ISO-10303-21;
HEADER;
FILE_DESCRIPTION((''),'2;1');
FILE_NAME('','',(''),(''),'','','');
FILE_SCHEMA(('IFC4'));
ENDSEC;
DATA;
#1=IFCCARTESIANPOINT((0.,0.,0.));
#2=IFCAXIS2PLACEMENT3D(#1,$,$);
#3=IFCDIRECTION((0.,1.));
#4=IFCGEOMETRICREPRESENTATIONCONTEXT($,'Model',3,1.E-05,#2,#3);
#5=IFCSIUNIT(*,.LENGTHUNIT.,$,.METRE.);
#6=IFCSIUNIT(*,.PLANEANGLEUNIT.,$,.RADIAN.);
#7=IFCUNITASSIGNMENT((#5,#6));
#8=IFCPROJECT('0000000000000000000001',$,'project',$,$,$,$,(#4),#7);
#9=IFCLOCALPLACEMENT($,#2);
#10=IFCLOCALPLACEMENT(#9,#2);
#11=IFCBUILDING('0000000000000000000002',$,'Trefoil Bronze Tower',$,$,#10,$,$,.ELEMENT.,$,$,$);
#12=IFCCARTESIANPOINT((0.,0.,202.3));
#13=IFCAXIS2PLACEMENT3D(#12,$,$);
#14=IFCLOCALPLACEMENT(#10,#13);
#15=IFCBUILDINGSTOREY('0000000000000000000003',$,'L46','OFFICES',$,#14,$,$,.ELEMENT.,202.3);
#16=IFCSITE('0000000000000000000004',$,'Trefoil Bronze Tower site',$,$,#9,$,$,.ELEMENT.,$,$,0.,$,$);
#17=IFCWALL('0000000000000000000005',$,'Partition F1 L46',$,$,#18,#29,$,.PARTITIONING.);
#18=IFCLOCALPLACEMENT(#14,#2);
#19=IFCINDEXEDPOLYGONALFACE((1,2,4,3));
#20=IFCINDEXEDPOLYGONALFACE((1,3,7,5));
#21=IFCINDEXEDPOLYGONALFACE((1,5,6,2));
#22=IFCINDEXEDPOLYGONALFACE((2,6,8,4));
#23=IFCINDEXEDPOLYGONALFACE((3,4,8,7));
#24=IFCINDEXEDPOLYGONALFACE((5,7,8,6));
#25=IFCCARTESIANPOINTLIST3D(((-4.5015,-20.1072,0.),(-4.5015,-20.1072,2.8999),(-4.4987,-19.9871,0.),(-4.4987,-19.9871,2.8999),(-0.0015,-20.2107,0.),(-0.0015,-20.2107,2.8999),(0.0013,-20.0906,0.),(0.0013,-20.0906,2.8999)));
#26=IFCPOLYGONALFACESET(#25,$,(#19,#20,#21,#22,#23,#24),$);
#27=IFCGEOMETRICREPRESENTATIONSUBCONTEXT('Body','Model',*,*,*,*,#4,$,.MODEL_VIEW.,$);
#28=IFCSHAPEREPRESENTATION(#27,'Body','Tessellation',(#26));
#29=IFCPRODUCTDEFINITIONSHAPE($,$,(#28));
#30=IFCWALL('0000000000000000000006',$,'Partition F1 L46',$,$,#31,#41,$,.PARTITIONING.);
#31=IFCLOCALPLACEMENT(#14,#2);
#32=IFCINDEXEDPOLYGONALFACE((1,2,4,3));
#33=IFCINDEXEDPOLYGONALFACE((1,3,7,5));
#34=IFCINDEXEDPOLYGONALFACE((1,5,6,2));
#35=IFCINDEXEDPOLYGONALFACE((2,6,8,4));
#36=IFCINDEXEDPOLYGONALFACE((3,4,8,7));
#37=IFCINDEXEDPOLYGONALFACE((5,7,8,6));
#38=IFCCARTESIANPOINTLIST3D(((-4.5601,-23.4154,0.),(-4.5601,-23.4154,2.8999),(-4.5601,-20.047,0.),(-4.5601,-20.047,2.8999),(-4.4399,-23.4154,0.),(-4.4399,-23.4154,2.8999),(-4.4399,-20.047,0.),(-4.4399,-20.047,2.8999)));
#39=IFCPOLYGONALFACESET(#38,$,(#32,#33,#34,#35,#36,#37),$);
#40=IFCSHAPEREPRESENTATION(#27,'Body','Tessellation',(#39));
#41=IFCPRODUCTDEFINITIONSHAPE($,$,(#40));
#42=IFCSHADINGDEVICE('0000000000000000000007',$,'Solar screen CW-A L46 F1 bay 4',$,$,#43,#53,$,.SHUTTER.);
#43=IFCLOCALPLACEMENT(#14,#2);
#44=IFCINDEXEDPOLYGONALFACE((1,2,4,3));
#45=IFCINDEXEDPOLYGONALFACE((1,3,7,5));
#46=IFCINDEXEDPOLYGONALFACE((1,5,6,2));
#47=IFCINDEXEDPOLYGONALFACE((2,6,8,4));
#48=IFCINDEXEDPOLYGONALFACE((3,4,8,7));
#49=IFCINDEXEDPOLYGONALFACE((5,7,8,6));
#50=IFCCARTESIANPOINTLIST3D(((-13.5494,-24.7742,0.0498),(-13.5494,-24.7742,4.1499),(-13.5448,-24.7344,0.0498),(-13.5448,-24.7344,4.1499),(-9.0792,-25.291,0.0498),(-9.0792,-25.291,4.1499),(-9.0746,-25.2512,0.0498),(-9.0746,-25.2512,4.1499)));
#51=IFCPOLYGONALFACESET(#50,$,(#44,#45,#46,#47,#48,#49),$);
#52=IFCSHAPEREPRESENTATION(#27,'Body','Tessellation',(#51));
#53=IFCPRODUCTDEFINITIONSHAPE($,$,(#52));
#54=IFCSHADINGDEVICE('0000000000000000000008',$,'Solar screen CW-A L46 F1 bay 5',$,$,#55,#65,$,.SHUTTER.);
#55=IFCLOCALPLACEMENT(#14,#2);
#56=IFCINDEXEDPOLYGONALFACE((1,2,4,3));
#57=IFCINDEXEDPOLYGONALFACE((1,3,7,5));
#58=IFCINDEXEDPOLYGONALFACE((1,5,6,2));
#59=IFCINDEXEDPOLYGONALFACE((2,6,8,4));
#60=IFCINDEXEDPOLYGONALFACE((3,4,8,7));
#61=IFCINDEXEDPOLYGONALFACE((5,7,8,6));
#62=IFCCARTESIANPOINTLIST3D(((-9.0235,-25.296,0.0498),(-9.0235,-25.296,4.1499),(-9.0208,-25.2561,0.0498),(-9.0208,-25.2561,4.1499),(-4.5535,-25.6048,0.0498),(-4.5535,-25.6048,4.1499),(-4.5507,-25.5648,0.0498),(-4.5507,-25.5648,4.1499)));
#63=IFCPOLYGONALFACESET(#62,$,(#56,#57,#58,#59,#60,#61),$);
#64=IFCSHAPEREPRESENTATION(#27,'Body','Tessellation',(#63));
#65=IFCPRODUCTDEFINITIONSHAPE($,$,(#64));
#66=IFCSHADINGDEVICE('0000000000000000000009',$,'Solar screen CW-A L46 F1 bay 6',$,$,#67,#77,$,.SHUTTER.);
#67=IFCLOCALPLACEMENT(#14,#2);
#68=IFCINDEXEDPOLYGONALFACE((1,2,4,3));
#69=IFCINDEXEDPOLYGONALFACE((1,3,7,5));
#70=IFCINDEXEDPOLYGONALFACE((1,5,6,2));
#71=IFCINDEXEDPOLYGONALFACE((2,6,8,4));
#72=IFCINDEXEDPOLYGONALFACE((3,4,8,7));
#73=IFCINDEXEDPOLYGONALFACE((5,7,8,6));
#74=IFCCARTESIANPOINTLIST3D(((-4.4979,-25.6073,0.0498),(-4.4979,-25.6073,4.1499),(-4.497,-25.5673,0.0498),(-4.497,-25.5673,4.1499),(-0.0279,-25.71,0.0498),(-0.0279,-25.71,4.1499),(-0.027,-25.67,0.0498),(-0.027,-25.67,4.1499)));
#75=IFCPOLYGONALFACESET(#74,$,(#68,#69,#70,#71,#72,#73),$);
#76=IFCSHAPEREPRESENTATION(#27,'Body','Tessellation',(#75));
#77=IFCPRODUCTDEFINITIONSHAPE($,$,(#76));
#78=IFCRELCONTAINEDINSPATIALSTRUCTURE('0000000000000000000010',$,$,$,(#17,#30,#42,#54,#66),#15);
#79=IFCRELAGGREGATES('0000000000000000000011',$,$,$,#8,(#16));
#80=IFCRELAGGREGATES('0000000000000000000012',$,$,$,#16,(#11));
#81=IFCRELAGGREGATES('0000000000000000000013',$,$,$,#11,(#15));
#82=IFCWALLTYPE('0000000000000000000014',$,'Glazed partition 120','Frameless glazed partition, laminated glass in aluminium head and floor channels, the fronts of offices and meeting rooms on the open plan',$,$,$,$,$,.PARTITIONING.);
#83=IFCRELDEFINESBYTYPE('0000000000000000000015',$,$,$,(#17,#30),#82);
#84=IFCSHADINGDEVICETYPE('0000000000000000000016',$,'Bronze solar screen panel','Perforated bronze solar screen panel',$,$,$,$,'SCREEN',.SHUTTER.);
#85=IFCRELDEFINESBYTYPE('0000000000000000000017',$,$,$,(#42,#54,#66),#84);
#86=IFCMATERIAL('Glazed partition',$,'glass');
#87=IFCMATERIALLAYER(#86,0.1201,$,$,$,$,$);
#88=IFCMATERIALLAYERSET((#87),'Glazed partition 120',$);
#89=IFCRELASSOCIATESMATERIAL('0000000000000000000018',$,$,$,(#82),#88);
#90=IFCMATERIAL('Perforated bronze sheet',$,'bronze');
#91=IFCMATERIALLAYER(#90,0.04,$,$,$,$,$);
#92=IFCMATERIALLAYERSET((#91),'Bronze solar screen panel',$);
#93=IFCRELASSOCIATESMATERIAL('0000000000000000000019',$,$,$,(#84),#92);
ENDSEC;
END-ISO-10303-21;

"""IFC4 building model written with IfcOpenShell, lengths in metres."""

from ifc_helpers import new_model, si_unit, direction, frame, frame_2d, origin, origin_2d, place, context, subcontext, project, spatial, rectangle, extrude, material, layer, layer_set, type_object, element, save


model = new_model("IFC4")

# Units and contexts
model_context = context("Model", 3, precision=1e-05, world=origin(), true_north=direction((0.0, 1.0)))
body_context = subcontext(model_context, "Body", "Model", "MODEL_VIEW")
ifc_project = project(units=[si_unit("LENGTHUNIT", "METRE"), si_unit("PLANEANGLEUNIT", "RADIAN")], contexts=[model_context])

# Site, building, storey
site_placement = place(None, origin())
site = spatial("IfcSite", under=ifc_project, at=site_placement, Name="Trefoil Bronze Tower site", CompositionType="ELEMENT", RefElevation=0.0)
building_placement = place(site_placement, origin())
building = spatial("IfcBuilding", under=site, at=building_placement, Name="Trefoil Bronze Tower", CompositionType="ELEMENT")
storey_placement = place(building_placement, frame((0.0, 0.0, 202.3)))
storey = spatial("IfcBuildingStorey", under=building, at=storey_placement, Name="L46", Description="OFFICES", CompositionType="ELEMENT", Elevation=202.3)

# Shared definitions
ifc_material_1 = material(Name="Glazed partition", Category="glass")
ifc_layer_1 = layer(ifc_material_1, 0.1201)
ifc_layer_set_1 = layer_set([ifc_layer_1], Name="Glazed partition 120")
wall_type = type_object("IfcWallType", Name="Glazed partition 120", Description="Frameless glazed partition, laminated glass in aluminium head and floor channels, the fronts of offices and meeting rooms on the open plan", PredefinedType="PARTITIONING", material=ifc_layer_set_1)

# Walls
wall_1_placement = place(storey_placement, frame((-4.5, -20.0471, 0.0), z_axis=(0.0, 0.0, 1.0), x_axis=(0.999736, -0.022997, 0.0)))
element("IfcWall", 1, at=wall_1_placement, inside=storey, type_object=wall_type, Name="Partition F1 L46", PredefinedType="PARTITIONING", context=body_context, shape_type="SweptSolid", body=[
    extrude(rectangle(XDim=4.5012, YDim=0.1201, at=frame_2d((2.2505, 0.0))), origin(), (0.0, 0.0, 1.0), 2.8999),
])
wall_2_placement = place(storey_placement, frame((-4.5, -20.0471, 0.0), z_axis=(0.0, 0.0, 1.0), x_axis=(0.0, -1.0, 0.0)))
element("IfcWall", 2, at=wall_2_placement, inside=storey, type_object=wall_type, Name="Partition F1 L46", PredefinedType="PARTITIONING", context=body_context, shape_type="SweptSolid", body=[
    extrude(rectangle(XDim=3.3684, YDim=0.1201, at=frame_2d((1.6841, 0.0))), origin(), (0.0, 0.0, 1.0), 2.8999),
])

# Shading devices
ifc_material_2 = material(Name="Perforated bronze sheet", Category="bronze")
ifc_layer_2 = layer(ifc_material_2, 0.04)
ifc_layer_set_2 = layer_set([ifc_layer_2], Name="Bronze solar screen panel")
shading_device_type = type_object("IfcShadingDeviceType", Name="Bronze solar screen panel", Description="Perforated bronze solar screen panel", ElementType="SCREEN", PredefinedType="SHUTTER", material=ifc_layer_set_2)
shading_device_1_placement = place(storey_placement, frame((-11.312, -25.0127, 0.0498), z_axis=(0.0, 0.0, 1.0), x_axis=(0.993382, -0.114859, 0.0)))
element("IfcShadingDevice", 3, at=shading_device_1_placement, inside=storey, type_object=shading_device_type, Name="Solar screen CW-A L46 F1 bay 4", PredefinedType="SHUTTER", context=body_context, shape_type="SweptSolid", body=[
    extrude(rectangle(XDim=4.5, YDim=0.04, at=origin_2d()), origin(), (0.0, 0.0, 1.0), 4.1001),
])
shading_device_2_placement = place(storey_placement, frame((-6.7871, -25.4304, 0.0498), z_axis=(0.0, 0.0, 1.0), x_axis=(0.997623, -0.068915, 0.0)))
element("IfcShadingDevice", 4, at=shading_device_2_placement, inside=storey, type_object=shading_device_type, Name="Solar screen CW-A L46 F1 bay 5", PredefinedType="SHUTTER", context=body_context, shape_type="SweptSolid", body=[
    extrude(rectangle(XDim=4.4807, YDim=0.04, at=origin_2d()), origin(), (0.0, 0.0, 1.0), 4.1001),
])
shading_device_3_placement = place(storey_placement, frame((-2.2625, -25.6387, 0.0498), z_axis=(0.0, 0.0, 1.0), x_axis=(0.999736, -0.022972, 0.0)))
element("IfcShadingDevice", 5, at=shading_device_3_placement, inside=storey, type_object=shading_device_type, Name="Solar screen CW-A L46 F1 bay 6", PredefinedType="SHUTTER", context=body_context, shape_type="SweptSolid", body=[
    extrude(rectangle(XDim=4.4712, YDim=0.04, at=origin_2d()), origin(), (0.0, 0.0, 1.0), 4.1001),
])

save(model, "model.ifc")
